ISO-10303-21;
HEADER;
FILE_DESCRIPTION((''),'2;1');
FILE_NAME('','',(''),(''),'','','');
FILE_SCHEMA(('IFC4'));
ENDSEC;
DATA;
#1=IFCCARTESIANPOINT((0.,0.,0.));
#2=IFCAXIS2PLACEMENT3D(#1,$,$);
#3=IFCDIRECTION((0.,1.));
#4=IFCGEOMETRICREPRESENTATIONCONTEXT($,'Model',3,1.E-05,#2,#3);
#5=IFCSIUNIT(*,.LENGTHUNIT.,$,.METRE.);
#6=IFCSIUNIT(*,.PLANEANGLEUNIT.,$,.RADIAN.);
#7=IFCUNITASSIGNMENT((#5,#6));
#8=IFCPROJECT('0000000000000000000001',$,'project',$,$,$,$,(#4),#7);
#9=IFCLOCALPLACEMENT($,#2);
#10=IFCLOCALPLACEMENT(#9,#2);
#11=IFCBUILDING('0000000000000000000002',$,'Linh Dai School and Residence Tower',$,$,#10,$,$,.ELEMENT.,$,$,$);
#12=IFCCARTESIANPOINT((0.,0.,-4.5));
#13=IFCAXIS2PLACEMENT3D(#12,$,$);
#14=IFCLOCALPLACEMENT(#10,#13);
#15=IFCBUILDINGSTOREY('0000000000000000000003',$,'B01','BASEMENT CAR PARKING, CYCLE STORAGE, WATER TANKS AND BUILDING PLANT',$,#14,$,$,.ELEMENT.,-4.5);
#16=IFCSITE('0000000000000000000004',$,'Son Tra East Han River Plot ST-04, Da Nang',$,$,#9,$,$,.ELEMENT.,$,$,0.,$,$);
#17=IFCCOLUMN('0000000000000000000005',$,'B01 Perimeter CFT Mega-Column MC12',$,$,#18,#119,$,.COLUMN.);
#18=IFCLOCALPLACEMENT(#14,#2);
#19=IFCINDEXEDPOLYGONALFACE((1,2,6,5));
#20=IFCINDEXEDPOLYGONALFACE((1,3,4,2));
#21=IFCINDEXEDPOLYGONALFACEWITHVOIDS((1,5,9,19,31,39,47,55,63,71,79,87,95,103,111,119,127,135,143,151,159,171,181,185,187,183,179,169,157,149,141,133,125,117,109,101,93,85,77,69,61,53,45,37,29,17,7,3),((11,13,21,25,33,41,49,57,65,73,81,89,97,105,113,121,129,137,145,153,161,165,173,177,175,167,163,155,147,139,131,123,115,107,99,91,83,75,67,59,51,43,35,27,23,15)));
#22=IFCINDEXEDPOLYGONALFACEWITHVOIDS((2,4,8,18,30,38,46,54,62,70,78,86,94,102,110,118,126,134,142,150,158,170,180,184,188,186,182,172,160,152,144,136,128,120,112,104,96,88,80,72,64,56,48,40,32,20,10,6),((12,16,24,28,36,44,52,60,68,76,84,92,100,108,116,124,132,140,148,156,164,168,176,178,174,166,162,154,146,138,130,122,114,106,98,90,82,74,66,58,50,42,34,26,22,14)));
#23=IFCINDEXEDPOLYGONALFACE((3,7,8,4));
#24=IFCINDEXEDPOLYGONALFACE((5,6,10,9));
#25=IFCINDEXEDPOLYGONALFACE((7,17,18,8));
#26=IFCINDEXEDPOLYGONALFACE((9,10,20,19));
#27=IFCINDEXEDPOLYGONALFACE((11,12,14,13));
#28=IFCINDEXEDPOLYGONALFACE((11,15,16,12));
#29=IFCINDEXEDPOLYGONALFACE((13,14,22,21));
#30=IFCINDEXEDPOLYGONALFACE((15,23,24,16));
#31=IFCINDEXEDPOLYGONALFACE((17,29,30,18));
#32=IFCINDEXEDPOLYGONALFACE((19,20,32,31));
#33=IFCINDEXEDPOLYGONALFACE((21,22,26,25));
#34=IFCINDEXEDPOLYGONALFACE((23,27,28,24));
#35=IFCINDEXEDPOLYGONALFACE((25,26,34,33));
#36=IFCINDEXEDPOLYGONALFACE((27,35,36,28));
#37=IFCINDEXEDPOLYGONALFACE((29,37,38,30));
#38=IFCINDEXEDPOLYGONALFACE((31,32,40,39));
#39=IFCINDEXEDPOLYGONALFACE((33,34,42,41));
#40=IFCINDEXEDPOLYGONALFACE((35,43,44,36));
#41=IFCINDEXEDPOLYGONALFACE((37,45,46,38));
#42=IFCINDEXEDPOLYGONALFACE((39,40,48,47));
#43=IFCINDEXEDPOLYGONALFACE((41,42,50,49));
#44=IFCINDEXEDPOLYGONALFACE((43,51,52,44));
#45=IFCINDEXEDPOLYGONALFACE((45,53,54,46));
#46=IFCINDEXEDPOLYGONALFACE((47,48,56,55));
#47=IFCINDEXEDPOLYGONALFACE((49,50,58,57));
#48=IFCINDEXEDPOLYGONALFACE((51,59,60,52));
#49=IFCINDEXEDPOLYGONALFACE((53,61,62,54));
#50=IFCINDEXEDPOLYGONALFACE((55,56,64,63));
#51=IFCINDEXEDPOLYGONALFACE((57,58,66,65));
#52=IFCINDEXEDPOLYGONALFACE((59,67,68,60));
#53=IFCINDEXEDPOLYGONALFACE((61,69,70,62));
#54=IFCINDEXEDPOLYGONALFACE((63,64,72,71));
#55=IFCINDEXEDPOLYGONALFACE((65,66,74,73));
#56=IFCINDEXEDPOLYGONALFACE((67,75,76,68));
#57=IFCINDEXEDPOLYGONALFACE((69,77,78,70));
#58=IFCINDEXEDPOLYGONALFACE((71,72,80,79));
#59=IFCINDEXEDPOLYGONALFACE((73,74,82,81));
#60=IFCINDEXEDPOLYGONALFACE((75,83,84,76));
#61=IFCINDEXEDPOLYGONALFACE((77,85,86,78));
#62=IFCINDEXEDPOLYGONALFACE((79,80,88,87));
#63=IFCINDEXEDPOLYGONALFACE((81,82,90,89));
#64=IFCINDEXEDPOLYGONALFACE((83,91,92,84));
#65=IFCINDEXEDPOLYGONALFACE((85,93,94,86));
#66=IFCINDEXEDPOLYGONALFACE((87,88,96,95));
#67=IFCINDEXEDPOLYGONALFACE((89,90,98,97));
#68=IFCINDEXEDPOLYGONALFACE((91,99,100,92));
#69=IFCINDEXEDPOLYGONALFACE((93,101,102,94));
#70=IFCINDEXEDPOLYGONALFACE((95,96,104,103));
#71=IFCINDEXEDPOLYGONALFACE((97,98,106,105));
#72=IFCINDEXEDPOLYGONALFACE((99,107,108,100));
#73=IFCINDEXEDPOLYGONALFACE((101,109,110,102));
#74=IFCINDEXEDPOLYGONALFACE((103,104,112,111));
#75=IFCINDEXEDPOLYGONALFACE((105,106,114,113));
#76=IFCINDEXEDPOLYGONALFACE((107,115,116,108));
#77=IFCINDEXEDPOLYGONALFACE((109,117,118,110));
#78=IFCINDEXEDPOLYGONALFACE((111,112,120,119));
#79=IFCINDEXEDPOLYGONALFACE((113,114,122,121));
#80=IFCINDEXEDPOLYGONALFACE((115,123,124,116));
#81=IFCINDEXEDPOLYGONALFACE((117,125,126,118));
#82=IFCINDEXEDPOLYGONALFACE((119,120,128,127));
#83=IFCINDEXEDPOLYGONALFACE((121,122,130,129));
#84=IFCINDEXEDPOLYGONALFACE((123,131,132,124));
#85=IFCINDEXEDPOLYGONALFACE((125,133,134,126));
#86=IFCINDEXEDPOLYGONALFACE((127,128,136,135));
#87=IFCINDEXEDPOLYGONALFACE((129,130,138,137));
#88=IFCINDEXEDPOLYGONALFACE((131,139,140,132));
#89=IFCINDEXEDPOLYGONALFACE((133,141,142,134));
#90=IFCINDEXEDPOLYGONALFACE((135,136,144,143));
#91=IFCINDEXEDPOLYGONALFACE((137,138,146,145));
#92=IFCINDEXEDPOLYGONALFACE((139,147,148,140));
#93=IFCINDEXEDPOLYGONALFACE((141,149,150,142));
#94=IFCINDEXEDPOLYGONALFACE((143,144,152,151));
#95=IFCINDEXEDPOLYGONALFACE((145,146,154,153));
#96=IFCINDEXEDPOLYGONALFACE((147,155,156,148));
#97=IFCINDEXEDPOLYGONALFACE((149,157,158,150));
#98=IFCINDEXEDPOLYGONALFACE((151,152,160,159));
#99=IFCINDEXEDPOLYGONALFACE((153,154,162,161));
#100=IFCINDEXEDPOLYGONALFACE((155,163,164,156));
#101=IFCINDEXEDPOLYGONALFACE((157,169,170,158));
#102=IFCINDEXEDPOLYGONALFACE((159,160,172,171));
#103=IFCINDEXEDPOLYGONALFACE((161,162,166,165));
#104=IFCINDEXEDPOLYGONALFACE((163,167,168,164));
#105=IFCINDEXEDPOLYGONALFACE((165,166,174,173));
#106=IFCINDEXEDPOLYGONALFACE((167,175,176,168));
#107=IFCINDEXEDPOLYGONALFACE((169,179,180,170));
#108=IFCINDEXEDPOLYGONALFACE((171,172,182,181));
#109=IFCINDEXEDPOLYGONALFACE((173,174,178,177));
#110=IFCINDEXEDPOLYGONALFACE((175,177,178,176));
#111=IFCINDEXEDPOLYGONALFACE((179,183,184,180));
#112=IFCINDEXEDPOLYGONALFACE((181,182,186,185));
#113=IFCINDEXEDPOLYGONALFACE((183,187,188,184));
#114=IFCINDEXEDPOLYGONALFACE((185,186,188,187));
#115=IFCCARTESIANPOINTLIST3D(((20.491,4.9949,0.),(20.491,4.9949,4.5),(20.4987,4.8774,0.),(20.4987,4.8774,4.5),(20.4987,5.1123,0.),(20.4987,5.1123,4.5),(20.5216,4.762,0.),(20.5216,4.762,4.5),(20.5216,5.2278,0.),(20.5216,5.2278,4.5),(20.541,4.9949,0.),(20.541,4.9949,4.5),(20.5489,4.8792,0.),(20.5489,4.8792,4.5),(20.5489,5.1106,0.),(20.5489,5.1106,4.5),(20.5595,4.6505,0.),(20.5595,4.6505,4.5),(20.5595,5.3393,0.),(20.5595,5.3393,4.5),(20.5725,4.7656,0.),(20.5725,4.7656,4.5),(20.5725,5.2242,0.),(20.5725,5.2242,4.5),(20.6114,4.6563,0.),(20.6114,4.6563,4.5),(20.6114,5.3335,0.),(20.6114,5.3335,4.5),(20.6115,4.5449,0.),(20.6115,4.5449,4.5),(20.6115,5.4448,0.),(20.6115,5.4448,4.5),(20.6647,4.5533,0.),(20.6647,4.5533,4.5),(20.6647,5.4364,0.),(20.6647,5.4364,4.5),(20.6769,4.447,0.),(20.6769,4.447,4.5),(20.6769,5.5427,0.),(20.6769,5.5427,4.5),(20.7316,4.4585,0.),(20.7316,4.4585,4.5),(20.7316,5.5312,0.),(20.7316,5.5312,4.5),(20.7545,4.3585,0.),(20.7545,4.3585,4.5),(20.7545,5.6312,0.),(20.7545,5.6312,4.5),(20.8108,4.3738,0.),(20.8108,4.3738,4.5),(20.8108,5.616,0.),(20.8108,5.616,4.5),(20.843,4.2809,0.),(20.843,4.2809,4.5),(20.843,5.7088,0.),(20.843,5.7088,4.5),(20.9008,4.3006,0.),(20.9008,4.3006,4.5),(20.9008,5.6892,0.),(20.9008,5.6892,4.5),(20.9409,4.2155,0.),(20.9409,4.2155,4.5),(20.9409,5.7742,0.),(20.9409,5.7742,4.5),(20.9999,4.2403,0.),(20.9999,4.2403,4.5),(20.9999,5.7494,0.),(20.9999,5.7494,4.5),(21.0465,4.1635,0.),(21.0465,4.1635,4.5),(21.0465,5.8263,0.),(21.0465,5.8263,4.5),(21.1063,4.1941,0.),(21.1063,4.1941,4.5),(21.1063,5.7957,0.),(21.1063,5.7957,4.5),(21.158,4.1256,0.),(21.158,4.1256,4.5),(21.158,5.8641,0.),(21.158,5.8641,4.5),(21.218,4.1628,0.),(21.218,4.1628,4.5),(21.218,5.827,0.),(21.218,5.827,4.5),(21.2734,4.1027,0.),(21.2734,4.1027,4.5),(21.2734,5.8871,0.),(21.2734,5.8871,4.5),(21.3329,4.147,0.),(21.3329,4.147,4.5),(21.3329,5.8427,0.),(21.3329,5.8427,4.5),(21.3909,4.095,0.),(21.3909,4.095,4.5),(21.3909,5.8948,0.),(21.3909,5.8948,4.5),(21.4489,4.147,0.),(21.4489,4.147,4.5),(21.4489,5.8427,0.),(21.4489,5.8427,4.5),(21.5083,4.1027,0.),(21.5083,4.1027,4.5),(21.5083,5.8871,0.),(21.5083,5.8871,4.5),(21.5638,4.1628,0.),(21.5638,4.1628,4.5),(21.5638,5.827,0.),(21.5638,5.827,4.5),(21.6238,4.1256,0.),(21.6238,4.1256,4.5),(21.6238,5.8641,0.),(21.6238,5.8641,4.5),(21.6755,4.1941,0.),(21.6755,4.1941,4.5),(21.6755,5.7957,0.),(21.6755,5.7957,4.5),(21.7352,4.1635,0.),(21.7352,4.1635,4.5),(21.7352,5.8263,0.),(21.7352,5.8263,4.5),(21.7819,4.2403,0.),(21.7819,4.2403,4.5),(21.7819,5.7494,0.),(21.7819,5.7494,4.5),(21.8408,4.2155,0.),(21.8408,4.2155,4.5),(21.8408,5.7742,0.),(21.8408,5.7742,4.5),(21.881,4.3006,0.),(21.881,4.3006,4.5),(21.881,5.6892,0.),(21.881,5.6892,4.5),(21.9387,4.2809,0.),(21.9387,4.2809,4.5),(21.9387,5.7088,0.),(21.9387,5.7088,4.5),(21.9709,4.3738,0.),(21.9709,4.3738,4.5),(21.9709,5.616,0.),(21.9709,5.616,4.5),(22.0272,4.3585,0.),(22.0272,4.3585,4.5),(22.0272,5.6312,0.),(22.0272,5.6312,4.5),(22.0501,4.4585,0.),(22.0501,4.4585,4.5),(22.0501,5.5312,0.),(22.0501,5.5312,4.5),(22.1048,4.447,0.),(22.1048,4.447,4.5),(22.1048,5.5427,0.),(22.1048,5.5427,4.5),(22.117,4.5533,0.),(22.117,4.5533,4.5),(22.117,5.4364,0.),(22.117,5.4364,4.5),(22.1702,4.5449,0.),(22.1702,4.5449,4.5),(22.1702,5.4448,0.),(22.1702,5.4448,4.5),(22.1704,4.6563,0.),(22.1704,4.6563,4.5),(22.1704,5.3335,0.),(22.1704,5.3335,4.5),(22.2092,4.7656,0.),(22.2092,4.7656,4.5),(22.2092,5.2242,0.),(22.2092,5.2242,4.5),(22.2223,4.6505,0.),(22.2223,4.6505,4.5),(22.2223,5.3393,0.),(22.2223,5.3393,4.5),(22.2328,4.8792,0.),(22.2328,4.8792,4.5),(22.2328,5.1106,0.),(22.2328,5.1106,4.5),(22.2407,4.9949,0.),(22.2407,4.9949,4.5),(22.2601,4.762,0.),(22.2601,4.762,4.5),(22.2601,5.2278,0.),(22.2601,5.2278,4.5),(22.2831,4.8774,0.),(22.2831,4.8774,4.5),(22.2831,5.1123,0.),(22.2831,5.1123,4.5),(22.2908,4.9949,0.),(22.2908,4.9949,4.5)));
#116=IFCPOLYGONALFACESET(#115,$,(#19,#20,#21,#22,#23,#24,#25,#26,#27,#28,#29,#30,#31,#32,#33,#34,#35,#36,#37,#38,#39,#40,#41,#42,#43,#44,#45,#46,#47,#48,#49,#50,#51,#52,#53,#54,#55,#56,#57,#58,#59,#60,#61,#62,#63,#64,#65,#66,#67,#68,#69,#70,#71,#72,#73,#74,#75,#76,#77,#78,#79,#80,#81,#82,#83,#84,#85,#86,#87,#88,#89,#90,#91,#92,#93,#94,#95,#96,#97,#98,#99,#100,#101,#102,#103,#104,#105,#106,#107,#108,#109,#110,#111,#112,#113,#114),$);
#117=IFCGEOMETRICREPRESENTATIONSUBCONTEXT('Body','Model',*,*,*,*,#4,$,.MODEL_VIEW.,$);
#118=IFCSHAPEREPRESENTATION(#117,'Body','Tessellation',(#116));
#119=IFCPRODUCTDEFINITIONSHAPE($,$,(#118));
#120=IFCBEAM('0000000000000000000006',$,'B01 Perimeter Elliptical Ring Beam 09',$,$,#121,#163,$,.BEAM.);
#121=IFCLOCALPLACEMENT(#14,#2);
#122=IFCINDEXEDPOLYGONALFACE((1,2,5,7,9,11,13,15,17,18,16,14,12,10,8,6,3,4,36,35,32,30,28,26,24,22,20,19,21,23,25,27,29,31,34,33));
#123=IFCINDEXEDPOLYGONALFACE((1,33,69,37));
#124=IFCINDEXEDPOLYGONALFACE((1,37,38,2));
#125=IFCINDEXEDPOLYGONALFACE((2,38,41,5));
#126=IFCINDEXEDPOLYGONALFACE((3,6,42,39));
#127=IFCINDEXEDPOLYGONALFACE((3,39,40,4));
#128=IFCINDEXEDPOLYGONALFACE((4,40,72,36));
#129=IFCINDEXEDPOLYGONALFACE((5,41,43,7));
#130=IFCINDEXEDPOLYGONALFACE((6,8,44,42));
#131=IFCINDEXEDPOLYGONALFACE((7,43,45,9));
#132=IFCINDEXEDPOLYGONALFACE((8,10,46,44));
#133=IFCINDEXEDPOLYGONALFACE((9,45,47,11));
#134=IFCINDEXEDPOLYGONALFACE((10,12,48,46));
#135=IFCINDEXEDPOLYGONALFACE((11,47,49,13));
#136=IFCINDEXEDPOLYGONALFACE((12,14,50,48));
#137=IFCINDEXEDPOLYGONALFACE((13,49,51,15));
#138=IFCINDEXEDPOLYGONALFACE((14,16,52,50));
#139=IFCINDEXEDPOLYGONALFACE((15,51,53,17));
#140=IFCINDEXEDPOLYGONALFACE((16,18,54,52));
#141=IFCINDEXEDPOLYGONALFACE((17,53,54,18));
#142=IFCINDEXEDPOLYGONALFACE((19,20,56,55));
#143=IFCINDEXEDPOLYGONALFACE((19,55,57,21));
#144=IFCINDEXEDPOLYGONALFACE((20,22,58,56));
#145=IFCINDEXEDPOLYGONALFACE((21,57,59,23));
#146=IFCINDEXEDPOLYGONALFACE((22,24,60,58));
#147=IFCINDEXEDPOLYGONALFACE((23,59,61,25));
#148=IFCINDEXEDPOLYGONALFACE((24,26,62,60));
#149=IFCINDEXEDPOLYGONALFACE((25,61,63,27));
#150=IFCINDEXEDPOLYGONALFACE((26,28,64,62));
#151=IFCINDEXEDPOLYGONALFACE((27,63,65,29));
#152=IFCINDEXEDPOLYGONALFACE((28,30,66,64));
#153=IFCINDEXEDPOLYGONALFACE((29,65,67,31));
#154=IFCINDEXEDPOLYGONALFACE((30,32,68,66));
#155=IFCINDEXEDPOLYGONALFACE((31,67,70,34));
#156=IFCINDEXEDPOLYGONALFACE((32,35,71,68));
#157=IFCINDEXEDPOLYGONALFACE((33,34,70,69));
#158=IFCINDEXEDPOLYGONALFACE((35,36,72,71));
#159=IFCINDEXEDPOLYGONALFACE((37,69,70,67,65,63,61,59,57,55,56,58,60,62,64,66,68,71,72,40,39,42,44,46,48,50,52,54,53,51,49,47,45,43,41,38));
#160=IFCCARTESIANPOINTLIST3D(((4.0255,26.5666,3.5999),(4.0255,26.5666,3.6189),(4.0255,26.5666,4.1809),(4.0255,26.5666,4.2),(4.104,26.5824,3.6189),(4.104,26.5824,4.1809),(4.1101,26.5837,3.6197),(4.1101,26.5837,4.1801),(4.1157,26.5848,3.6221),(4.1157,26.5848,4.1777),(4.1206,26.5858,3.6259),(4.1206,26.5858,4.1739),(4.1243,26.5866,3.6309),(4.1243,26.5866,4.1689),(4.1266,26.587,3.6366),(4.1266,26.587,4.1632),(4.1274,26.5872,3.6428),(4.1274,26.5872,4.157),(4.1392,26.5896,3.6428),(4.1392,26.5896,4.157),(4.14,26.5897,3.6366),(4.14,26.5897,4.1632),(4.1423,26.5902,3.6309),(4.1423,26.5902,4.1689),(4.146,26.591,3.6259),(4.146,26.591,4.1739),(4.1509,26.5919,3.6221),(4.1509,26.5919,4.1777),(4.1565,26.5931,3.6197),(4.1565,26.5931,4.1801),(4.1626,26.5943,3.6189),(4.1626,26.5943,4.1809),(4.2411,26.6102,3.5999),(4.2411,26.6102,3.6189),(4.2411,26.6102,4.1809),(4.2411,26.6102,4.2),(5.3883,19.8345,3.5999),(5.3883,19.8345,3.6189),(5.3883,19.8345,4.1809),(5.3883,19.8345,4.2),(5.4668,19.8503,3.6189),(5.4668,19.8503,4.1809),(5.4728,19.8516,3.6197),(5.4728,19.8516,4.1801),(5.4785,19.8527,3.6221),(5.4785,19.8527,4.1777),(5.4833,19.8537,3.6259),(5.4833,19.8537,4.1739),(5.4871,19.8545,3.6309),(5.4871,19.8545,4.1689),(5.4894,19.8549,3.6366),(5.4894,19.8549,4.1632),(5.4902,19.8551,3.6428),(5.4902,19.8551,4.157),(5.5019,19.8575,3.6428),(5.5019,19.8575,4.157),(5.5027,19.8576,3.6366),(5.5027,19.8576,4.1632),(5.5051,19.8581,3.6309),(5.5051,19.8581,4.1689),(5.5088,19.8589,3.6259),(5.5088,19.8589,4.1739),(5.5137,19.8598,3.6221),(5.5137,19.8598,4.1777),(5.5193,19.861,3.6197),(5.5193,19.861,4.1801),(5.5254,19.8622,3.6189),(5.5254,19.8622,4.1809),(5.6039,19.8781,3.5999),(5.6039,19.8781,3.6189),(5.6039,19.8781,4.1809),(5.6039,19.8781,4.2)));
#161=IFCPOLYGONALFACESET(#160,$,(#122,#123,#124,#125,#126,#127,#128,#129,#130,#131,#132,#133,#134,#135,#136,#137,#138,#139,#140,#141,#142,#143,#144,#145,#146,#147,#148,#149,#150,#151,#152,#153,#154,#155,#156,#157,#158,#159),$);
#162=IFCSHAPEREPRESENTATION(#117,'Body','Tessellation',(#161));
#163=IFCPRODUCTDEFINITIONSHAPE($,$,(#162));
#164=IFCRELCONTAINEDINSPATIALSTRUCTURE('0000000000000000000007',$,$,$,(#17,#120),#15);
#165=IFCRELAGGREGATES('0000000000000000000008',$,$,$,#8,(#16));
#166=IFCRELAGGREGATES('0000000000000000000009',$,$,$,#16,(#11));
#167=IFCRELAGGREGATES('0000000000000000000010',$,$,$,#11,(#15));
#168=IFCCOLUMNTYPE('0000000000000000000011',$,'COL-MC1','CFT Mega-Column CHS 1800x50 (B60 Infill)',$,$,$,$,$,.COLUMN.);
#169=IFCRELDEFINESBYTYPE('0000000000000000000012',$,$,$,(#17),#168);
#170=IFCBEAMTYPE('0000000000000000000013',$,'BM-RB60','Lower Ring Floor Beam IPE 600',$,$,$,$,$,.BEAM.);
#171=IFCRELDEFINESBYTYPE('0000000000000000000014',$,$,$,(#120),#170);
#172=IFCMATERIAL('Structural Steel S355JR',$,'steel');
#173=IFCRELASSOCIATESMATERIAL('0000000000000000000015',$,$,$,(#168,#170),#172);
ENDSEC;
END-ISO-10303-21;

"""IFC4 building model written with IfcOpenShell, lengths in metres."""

from ifc_helpers import new_model, si_unit, direction, frame, origin, origin_2d, place, context, subcontext, project, spatial, hollow_circle, i_section, extrude, material, material_profile, profile_set, type_object, element, save


model = new_model("IFC4")

# Units and contexts
model_context = context("Model", 3, precision=1e-05, world=origin(), true_north=direction((0.0, 1.0)))
body_context = subcontext(model_context, "Body", "Model", "MODEL_VIEW")
ifc_project = project(units=[si_unit("LENGTHUNIT", "METRE"), si_unit("PLANEANGLEUNIT", "RADIAN")], contexts=[model_context])

# Site, building, storey
site_placement = place(None, origin())
site = spatial("IfcSite", under=ifc_project, at=site_placement, Name="Son Tra East Han River Plot ST-04, Da Nang", CompositionType="ELEMENT", RefElevation=0.0)
building_placement = place(site_placement, origin())
building = spatial("IfcBuilding", under=site, at=building_placement, Name="Linh Dai School and Residence Tower", CompositionType="ELEMENT")
storey_placement = place(building_placement, frame((0.0, 0.0, -4.5)))
storey = spatial("IfcBuildingStorey", under=building, at=storey_placement, Name="B01", Description="BASEMENT CAR PARKING, CYCLE STORAGE, WATER TANKS AND BUILDING PLANT", CompositionType="ELEMENT", Elevation=-4.5)

# Column
ifc_material_1 = material(Name="Structural Steel S355JR", Category="steel")
ifc_material_profile_1 = material_profile(ifc_material_1, hollow_circle(Radius=0.8999, WallThickness=0.05, at=origin_2d()), Name="CHS 1800x50")
ifc_profile_set_1 = profile_set([ifc_material_profile_1], Name="Structural Steel S355JR")
column_type_1 = type_object("IfcColumnType", Name="COL-MC1", Description="CFT Mega-Column CHS 1800x50 (B60 Infill)", PredefinedType="COLUMN", material=ifc_profile_set_1)
for number, where, z_axis, x_axis, name in (
    (1, (21.3909, 4.9949, 0.0), (0.0, 0.0, 1.0), (1.0, 0.0, 0.0), "B01 Perimeter CFT Mega-Column MC12"),
):
    element("IfcColumn", number, at=place(storey_placement, frame(where, z_axis=z_axis, x_axis=x_axis)), inside=storey, type_object=column_type_1, Name=name, PredefinedType="COLUMN", context=body_context, shape_type="SweptSolid", body=[
        extrude(hollow_circle(Radius=0.8999, WallThickness=0.05, at=origin_2d()), origin(), (0.0, 0.0, 1.0), 4.5),
    ])

# Beam
ifc_material_profile_2 = material_profile(ifc_material_1, i_section(OverallWidth=0.22, OverallDepth=0.6001, WebThickness=0.012, FlangeThickness=0.019, FilletRadius=0.0239, at=origin_2d()), Name="IPE 600")
ifc_profile_set_2 = profile_set([ifc_material_profile_2], Name="Structural Steel S355JR")
beam_type_1 = type_object("IfcBeamType", Name="BM-RB60", Description="Lower Ring Floor Beam IPE 600", PredefinedType="BEAM", material=ifc_profile_set_2)
beam_1_placement = place(storey_placement, frame((4.1333, 26.5884, 3.8999), z_axis=(0.198405, -0.98012, 0.0), x_axis=(0.98012, 0.198405, 0.0)))
element("IfcBeam", 2, at=beam_1_placement, inside=storey, type_object=beam_type_1, Name="B01 Perimeter Elliptical Ring Beam 09", PredefinedType="BEAM", context=body_context, shape_type="SweptSolid", body=[
    extrude(i_section(OverallWidth=0.22, OverallDepth=0.6001, WebThickness=0.012, FlangeThickness=0.019, FilletRadius=0.0239, at=origin_2d()), origin(), (0.0, 0.0, 1.0), 6.8687),
])

save(model, "model.ifc")
